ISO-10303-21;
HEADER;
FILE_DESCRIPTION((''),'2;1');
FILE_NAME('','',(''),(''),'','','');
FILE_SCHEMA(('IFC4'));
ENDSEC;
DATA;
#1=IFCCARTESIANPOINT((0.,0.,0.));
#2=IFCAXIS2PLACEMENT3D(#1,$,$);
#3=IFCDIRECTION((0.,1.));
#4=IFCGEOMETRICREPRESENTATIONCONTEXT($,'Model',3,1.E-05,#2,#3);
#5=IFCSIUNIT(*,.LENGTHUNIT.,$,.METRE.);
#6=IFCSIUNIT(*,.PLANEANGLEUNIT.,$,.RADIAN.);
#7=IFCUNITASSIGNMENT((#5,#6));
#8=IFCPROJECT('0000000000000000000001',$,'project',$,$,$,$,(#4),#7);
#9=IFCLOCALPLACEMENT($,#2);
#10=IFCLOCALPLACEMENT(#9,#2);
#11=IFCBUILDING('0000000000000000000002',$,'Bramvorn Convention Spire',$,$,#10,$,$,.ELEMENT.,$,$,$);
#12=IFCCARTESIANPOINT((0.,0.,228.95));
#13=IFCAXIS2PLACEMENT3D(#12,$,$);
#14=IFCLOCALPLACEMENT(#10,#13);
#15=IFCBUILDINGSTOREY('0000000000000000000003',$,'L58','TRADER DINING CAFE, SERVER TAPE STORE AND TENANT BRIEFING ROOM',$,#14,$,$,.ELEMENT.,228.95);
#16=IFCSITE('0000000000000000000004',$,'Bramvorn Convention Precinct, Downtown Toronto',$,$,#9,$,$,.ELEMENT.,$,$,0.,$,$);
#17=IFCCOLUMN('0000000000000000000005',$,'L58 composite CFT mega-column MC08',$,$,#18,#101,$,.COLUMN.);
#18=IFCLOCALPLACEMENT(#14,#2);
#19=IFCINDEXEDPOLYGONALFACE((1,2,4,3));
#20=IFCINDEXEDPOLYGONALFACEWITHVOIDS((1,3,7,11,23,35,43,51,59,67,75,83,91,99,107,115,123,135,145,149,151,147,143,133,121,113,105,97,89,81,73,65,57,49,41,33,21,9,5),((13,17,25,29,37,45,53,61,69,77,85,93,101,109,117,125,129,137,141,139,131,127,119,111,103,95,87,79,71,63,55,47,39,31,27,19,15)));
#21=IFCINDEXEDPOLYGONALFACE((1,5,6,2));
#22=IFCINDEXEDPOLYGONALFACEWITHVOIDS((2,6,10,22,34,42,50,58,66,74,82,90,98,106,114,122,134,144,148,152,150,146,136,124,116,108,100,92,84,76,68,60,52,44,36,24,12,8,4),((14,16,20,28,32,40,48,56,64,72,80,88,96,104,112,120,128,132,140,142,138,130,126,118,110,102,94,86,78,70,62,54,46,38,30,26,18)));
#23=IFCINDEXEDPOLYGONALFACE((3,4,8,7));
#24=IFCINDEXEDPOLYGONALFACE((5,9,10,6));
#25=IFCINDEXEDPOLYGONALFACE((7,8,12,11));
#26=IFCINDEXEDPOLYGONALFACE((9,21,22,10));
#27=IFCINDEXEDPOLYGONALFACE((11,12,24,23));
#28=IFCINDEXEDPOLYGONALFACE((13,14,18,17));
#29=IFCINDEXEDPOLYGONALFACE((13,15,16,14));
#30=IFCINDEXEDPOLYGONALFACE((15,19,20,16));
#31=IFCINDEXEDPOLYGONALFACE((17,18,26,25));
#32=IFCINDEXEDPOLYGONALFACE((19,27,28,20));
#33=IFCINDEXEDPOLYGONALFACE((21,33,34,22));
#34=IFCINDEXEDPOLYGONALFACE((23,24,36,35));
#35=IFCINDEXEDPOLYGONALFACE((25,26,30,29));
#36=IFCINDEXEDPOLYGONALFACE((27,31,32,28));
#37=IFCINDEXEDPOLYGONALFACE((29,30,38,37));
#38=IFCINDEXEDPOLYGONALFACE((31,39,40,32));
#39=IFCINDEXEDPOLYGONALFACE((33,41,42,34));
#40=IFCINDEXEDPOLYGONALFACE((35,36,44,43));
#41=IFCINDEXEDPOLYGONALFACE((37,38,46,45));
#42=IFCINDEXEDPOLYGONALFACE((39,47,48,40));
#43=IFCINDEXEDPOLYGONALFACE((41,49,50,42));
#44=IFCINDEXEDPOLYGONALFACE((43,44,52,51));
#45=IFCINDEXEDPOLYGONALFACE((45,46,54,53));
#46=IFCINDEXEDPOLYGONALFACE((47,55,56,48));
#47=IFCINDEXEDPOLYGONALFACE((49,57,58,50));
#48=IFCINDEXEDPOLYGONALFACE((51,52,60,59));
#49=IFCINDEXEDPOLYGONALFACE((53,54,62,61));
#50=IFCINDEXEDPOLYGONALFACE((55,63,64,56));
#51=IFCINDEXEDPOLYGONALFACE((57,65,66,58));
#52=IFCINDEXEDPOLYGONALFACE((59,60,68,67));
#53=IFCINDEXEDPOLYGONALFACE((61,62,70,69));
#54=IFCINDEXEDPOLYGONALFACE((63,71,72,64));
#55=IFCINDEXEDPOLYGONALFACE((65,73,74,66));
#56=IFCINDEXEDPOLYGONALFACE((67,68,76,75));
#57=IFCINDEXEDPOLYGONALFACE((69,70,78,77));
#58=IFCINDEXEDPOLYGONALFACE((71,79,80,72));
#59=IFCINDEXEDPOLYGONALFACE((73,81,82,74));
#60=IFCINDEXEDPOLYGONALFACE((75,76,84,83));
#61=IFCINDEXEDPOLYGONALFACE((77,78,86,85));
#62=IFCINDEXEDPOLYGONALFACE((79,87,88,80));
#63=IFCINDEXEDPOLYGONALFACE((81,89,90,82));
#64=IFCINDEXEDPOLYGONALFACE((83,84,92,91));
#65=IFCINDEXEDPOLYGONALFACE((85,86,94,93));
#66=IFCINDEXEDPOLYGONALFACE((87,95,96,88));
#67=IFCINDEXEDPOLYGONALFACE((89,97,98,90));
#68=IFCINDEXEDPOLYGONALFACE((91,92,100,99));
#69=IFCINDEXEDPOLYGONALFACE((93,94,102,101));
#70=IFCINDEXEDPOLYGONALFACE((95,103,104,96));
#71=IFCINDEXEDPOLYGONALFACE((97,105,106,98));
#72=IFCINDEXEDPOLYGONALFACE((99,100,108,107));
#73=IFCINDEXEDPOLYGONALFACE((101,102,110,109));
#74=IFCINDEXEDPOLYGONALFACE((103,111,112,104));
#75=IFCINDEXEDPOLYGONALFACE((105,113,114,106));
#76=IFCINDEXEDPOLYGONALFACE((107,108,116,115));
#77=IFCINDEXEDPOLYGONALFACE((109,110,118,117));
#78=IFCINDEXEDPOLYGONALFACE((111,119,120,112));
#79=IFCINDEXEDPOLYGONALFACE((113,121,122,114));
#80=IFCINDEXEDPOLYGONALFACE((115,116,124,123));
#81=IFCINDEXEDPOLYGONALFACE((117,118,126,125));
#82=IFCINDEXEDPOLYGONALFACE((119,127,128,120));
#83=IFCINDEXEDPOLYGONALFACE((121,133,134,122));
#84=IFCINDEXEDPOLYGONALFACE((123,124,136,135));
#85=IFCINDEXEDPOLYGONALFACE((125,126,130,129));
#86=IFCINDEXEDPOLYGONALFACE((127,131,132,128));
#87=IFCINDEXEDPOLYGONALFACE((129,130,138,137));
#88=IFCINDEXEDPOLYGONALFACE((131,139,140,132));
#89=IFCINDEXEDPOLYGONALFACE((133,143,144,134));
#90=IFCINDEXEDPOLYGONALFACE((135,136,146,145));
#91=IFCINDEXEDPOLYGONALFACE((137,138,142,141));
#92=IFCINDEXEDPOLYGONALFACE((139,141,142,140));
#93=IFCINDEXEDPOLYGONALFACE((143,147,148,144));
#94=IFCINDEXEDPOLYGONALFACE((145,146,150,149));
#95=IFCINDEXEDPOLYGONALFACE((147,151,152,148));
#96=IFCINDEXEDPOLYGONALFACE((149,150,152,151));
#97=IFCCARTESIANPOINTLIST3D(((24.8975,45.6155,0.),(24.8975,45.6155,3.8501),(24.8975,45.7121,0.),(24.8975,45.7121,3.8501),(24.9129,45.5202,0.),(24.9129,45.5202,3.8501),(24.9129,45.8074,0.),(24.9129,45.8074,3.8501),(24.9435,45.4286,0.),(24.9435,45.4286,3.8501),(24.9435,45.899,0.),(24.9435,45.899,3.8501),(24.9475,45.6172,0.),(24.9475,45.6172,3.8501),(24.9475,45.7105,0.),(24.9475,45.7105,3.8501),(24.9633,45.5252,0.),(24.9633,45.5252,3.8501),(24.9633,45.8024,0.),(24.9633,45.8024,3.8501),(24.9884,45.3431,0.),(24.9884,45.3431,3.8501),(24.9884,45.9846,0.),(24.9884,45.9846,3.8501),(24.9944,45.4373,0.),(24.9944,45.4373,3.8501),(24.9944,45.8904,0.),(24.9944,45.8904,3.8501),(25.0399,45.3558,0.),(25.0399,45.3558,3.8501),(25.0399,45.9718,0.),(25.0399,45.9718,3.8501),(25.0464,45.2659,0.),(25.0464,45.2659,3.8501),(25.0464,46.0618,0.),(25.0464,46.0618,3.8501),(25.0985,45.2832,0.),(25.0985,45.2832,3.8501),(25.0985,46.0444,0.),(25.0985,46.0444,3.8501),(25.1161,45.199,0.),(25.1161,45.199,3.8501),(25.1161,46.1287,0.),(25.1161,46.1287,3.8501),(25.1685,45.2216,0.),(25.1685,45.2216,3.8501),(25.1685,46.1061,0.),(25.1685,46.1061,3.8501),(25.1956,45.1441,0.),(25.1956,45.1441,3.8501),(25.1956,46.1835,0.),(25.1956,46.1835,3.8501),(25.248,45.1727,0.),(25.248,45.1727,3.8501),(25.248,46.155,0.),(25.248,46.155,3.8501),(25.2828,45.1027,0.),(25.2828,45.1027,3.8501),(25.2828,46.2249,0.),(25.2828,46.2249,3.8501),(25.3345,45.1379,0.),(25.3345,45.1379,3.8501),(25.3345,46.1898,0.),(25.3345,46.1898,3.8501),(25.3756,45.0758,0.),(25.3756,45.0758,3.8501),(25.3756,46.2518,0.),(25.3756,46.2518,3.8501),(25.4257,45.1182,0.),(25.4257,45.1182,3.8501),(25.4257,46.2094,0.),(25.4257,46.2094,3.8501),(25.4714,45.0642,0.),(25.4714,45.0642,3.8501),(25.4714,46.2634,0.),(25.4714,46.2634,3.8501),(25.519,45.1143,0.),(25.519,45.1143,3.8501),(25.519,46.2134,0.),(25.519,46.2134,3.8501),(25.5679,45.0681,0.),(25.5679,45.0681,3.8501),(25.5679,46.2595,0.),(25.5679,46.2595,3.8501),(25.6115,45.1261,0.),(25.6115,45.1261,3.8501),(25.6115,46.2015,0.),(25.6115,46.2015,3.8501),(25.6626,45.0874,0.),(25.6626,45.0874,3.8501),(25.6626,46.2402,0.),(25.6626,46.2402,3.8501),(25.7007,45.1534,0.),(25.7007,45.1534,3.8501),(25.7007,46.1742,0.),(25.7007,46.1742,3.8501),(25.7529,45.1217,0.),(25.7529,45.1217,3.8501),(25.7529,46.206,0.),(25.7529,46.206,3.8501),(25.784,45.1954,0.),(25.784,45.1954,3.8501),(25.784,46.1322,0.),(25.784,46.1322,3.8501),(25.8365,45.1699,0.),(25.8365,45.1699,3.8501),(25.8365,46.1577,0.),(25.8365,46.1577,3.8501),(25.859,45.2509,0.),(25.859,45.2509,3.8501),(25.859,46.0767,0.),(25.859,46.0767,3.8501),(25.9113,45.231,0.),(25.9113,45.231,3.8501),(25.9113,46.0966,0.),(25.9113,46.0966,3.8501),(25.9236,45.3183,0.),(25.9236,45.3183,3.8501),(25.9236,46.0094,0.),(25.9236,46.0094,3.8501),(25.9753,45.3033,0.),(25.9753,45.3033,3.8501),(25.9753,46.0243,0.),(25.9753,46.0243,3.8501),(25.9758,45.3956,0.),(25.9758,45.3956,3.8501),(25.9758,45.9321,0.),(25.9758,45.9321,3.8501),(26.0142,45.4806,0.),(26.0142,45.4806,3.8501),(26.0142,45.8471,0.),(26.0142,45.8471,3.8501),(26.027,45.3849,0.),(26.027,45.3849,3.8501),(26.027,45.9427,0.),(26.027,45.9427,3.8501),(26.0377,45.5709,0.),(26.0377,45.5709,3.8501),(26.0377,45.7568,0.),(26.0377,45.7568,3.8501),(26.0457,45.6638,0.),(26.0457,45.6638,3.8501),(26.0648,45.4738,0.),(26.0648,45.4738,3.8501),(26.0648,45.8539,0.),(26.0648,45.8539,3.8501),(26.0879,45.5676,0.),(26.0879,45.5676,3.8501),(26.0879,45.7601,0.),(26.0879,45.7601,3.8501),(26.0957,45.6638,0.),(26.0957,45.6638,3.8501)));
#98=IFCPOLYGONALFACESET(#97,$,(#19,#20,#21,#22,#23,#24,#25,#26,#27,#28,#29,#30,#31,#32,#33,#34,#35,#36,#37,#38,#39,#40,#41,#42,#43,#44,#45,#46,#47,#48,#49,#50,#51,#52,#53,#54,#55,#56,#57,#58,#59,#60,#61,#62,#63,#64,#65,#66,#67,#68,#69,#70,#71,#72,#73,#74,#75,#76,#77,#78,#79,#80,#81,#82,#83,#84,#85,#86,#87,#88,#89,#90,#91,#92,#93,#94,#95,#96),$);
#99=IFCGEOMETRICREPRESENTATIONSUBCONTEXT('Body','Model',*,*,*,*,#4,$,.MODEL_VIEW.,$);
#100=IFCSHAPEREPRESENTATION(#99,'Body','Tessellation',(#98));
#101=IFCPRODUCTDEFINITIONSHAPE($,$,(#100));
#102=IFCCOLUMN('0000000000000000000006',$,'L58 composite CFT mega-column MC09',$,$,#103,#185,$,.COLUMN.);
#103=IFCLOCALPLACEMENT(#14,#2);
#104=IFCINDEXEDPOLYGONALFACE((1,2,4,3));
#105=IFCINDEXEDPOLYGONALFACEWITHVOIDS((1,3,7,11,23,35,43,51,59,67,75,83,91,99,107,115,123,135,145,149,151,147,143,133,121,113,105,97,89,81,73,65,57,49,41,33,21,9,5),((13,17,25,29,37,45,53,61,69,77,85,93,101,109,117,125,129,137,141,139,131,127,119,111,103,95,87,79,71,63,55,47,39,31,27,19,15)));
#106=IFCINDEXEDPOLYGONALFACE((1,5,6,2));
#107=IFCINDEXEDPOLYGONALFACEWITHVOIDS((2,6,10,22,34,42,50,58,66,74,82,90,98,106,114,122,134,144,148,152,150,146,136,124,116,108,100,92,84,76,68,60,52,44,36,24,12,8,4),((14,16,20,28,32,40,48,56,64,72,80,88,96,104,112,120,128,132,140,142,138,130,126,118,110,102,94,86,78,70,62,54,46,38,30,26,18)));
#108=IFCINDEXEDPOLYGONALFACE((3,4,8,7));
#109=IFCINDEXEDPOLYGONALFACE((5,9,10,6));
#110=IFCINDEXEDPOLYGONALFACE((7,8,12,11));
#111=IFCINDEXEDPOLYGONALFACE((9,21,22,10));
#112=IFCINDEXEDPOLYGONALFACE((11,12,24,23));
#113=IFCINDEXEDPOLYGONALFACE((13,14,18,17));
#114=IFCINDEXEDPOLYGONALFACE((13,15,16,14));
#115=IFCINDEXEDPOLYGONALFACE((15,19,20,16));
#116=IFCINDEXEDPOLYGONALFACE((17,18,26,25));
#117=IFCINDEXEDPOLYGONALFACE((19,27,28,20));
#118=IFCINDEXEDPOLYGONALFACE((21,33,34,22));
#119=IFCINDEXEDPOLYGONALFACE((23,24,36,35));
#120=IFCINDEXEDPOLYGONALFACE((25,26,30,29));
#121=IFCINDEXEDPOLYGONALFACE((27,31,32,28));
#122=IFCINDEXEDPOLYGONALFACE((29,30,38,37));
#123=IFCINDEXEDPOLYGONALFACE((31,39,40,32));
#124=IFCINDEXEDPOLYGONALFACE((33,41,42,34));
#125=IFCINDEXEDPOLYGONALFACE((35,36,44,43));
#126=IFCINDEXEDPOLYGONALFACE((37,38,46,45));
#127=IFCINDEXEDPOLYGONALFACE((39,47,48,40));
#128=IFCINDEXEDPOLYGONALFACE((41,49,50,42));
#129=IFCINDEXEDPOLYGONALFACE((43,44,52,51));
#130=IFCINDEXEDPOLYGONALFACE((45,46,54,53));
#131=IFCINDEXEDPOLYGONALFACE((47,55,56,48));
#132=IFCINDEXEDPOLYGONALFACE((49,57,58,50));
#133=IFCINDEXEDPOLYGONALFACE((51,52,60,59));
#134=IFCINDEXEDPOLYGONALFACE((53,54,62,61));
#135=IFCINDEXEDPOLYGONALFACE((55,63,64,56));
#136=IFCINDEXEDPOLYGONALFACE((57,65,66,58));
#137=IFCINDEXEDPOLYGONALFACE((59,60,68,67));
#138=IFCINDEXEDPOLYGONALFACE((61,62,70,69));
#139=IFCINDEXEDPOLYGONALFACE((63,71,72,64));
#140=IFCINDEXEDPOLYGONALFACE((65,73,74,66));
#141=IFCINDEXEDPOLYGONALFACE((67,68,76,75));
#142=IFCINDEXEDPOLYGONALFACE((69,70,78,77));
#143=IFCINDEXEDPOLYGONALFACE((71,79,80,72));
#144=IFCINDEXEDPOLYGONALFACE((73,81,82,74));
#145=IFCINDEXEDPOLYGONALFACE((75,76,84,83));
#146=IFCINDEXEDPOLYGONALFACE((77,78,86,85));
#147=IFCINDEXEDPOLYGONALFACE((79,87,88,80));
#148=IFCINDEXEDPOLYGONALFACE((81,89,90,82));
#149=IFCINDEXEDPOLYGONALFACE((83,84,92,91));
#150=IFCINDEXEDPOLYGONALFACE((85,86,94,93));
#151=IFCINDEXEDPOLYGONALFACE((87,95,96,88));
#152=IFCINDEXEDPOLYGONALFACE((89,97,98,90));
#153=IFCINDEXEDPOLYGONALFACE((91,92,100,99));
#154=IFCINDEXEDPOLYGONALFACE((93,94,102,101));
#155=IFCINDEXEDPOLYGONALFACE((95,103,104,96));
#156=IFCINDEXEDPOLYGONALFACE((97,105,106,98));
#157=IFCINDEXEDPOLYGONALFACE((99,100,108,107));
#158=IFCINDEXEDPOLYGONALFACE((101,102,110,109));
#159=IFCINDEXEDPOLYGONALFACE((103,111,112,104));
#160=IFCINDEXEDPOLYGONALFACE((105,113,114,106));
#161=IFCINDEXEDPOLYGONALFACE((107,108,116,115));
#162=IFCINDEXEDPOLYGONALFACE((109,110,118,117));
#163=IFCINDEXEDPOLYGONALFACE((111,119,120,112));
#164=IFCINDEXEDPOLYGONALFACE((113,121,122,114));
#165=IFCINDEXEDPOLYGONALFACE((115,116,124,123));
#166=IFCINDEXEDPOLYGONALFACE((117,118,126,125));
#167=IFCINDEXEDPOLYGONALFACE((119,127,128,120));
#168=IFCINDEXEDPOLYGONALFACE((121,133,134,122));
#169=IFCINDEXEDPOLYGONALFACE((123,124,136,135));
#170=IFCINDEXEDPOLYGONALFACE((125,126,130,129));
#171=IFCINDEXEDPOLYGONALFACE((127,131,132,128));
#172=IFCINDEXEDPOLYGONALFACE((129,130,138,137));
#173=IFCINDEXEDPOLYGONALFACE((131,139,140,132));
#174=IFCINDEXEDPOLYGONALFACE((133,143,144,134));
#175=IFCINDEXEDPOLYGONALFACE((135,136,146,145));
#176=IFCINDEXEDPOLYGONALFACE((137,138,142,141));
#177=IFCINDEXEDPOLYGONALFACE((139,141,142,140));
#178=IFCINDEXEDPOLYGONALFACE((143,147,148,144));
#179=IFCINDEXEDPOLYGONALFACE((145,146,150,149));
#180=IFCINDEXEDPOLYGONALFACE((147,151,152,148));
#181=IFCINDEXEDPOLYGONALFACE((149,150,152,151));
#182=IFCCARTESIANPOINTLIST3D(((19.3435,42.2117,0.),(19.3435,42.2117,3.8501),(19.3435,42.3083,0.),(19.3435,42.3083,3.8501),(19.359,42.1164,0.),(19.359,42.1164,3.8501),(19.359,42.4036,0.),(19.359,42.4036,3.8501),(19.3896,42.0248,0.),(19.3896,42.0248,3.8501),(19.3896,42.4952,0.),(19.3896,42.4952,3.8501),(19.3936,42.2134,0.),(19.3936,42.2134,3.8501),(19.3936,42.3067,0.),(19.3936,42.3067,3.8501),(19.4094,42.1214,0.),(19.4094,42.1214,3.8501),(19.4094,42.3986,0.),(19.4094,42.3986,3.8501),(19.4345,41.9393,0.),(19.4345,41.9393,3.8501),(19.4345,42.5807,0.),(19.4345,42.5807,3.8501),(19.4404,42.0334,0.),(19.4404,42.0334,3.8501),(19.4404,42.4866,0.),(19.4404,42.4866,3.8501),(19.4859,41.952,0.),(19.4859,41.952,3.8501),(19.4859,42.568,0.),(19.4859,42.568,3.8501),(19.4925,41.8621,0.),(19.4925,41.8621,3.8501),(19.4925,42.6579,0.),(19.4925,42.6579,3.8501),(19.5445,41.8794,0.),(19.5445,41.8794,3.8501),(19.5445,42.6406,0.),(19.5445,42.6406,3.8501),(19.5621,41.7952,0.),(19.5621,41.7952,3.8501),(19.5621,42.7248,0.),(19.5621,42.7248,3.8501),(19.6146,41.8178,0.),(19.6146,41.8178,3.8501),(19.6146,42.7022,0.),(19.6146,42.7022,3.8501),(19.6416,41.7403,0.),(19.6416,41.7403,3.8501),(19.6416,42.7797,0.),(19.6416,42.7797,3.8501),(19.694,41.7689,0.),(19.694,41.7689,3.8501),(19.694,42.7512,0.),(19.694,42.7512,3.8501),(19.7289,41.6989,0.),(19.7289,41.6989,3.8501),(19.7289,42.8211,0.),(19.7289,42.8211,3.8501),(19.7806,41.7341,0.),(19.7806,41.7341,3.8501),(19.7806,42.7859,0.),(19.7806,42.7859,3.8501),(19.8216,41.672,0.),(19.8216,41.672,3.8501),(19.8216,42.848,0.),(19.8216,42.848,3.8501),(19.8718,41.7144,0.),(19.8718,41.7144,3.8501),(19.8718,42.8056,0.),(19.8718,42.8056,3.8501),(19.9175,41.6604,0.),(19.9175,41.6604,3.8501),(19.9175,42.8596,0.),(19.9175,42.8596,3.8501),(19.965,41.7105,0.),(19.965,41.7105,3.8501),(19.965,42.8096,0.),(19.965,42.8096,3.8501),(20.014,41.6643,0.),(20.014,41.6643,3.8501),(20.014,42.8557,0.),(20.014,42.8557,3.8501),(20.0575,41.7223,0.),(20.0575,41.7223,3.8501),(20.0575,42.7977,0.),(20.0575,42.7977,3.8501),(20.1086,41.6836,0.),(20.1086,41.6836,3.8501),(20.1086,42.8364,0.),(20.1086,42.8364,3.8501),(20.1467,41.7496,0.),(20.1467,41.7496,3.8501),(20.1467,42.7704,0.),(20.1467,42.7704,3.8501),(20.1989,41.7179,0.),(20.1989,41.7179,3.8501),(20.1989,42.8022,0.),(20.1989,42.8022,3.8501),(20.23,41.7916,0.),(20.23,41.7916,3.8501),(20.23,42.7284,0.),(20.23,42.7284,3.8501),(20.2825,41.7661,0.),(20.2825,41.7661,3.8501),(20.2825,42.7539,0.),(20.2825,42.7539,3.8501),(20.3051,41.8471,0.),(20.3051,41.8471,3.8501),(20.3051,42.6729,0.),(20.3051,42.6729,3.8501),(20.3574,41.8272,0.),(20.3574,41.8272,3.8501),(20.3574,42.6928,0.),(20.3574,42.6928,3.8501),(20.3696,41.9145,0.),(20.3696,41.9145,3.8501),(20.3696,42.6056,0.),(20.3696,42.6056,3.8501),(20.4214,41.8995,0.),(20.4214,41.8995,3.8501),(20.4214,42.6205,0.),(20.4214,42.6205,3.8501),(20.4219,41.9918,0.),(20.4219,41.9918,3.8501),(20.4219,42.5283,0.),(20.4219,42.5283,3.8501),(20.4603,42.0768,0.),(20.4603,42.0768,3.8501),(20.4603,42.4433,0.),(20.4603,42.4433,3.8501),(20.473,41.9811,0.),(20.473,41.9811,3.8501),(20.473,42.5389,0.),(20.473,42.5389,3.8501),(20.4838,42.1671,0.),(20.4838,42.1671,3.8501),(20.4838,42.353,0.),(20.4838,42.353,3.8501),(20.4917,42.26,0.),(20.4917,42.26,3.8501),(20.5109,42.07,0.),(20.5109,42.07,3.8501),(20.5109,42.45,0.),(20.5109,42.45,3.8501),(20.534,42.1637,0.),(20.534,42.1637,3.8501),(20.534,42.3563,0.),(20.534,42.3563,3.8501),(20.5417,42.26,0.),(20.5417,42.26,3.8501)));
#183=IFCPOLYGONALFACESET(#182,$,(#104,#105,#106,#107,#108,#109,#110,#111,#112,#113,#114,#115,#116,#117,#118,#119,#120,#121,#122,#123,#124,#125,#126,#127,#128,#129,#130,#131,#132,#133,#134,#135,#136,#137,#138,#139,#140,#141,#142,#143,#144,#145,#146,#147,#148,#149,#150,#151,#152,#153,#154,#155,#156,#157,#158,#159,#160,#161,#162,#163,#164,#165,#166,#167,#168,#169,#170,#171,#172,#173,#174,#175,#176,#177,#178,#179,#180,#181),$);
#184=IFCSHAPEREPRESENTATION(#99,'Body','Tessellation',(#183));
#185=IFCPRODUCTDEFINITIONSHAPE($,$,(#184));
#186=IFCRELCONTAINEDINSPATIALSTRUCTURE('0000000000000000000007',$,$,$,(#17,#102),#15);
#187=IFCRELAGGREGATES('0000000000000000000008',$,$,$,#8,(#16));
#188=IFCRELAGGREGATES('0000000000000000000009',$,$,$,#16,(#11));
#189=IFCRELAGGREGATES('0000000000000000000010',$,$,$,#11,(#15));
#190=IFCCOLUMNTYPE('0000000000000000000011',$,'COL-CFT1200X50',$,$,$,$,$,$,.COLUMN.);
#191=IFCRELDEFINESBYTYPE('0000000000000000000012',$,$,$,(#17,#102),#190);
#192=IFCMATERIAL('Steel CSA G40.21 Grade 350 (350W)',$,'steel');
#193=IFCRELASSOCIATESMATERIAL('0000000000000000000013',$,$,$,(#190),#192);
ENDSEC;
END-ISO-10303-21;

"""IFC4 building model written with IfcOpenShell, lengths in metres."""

from ifc_helpers import new_model, si_unit, direction, frame, origin, origin_2d, place, context, subcontext, project, spatial, hollow_circle, extrude, material, material_profile, profile_set, type_object, element, save


model = new_model("IFC4")

# Units and contexts
model_context = context("Model", 3, precision=1e-05, world=origin(), true_north=direction((0.0, 1.0)))
body_context = subcontext(model_context, "Body", "Model", "MODEL_VIEW")
ifc_project = project(units=[si_unit("LENGTHUNIT", "METRE"), si_unit("PLANEANGLEUNIT", "RADIAN")], contexts=[model_context])

# Site, building, storey
site_placement = place(None, origin())
site = spatial("IfcSite", under=ifc_project, at=site_placement, Name="Bramvorn Convention Precinct, Downtown Toronto", CompositionType="ELEMENT", RefElevation=0.0)
building_placement = place(site_placement, origin())
building = spatial("IfcBuilding", under=site, at=building_placement, Name="Bramvorn Convention Spire", CompositionType="ELEMENT")
storey_placement = place(building_placement, frame((0.0, 0.0, 228.95)))
storey = spatial("IfcBuildingStorey", under=building, at=storey_placement, Name="L58", Description="TRADER DINING CAFE, SERVER TAPE STORE AND TENANT BRIEFING ROOM", CompositionType="ELEMENT", Elevation=228.95)

# Columns
ifc_material_1 = material(Name="Steel CSA G40.21 Grade 350 (350W)", Category="steel")
ifc_material_profile_1 = material_profile(ifc_material_1, hollow_circle(Radius=0.6001, WallThickness=0.05, at=origin_2d()))
ifc_profile_set_1 = profile_set([ifc_material_profile_1], Name="Steel CSA G40.21 Grade 350 (350W) - CFT1200X50")
column_type = type_object("IfcColumnType", Name="COL-CFT1200X50", PredefinedType="COLUMN", material=ifc_profile_set_1)
for number, where, z_axis, x_axis, name in (
    (1, (25.4956, 45.6638, 0.0), (0.0, 0.0, 1.0), (1.0, 0.0, 0.0), "L58 composite CFT mega-column MC08"),
    (2, (19.9417, 42.26, 0.0), (0.0, 0.0, 1.0), (1.0, 0.0, 0.0), "L58 composite CFT mega-column MC09"),
):
    element("IfcColumn", number, at=place(storey_placement, frame(where, z_axis=z_axis, x_axis=x_axis)), inside=storey, type_object=column_type, Name=name, PredefinedType="COLUMN", context=body_context, shape_type="SweptSolid", body=[
        extrude(hollow_circle(Radius=0.6001, WallThickness=0.05, at=origin_2d()), origin(), (0.0, 0.0, 1.0), 3.8501),
    ])

save(model, "model.ifc")
